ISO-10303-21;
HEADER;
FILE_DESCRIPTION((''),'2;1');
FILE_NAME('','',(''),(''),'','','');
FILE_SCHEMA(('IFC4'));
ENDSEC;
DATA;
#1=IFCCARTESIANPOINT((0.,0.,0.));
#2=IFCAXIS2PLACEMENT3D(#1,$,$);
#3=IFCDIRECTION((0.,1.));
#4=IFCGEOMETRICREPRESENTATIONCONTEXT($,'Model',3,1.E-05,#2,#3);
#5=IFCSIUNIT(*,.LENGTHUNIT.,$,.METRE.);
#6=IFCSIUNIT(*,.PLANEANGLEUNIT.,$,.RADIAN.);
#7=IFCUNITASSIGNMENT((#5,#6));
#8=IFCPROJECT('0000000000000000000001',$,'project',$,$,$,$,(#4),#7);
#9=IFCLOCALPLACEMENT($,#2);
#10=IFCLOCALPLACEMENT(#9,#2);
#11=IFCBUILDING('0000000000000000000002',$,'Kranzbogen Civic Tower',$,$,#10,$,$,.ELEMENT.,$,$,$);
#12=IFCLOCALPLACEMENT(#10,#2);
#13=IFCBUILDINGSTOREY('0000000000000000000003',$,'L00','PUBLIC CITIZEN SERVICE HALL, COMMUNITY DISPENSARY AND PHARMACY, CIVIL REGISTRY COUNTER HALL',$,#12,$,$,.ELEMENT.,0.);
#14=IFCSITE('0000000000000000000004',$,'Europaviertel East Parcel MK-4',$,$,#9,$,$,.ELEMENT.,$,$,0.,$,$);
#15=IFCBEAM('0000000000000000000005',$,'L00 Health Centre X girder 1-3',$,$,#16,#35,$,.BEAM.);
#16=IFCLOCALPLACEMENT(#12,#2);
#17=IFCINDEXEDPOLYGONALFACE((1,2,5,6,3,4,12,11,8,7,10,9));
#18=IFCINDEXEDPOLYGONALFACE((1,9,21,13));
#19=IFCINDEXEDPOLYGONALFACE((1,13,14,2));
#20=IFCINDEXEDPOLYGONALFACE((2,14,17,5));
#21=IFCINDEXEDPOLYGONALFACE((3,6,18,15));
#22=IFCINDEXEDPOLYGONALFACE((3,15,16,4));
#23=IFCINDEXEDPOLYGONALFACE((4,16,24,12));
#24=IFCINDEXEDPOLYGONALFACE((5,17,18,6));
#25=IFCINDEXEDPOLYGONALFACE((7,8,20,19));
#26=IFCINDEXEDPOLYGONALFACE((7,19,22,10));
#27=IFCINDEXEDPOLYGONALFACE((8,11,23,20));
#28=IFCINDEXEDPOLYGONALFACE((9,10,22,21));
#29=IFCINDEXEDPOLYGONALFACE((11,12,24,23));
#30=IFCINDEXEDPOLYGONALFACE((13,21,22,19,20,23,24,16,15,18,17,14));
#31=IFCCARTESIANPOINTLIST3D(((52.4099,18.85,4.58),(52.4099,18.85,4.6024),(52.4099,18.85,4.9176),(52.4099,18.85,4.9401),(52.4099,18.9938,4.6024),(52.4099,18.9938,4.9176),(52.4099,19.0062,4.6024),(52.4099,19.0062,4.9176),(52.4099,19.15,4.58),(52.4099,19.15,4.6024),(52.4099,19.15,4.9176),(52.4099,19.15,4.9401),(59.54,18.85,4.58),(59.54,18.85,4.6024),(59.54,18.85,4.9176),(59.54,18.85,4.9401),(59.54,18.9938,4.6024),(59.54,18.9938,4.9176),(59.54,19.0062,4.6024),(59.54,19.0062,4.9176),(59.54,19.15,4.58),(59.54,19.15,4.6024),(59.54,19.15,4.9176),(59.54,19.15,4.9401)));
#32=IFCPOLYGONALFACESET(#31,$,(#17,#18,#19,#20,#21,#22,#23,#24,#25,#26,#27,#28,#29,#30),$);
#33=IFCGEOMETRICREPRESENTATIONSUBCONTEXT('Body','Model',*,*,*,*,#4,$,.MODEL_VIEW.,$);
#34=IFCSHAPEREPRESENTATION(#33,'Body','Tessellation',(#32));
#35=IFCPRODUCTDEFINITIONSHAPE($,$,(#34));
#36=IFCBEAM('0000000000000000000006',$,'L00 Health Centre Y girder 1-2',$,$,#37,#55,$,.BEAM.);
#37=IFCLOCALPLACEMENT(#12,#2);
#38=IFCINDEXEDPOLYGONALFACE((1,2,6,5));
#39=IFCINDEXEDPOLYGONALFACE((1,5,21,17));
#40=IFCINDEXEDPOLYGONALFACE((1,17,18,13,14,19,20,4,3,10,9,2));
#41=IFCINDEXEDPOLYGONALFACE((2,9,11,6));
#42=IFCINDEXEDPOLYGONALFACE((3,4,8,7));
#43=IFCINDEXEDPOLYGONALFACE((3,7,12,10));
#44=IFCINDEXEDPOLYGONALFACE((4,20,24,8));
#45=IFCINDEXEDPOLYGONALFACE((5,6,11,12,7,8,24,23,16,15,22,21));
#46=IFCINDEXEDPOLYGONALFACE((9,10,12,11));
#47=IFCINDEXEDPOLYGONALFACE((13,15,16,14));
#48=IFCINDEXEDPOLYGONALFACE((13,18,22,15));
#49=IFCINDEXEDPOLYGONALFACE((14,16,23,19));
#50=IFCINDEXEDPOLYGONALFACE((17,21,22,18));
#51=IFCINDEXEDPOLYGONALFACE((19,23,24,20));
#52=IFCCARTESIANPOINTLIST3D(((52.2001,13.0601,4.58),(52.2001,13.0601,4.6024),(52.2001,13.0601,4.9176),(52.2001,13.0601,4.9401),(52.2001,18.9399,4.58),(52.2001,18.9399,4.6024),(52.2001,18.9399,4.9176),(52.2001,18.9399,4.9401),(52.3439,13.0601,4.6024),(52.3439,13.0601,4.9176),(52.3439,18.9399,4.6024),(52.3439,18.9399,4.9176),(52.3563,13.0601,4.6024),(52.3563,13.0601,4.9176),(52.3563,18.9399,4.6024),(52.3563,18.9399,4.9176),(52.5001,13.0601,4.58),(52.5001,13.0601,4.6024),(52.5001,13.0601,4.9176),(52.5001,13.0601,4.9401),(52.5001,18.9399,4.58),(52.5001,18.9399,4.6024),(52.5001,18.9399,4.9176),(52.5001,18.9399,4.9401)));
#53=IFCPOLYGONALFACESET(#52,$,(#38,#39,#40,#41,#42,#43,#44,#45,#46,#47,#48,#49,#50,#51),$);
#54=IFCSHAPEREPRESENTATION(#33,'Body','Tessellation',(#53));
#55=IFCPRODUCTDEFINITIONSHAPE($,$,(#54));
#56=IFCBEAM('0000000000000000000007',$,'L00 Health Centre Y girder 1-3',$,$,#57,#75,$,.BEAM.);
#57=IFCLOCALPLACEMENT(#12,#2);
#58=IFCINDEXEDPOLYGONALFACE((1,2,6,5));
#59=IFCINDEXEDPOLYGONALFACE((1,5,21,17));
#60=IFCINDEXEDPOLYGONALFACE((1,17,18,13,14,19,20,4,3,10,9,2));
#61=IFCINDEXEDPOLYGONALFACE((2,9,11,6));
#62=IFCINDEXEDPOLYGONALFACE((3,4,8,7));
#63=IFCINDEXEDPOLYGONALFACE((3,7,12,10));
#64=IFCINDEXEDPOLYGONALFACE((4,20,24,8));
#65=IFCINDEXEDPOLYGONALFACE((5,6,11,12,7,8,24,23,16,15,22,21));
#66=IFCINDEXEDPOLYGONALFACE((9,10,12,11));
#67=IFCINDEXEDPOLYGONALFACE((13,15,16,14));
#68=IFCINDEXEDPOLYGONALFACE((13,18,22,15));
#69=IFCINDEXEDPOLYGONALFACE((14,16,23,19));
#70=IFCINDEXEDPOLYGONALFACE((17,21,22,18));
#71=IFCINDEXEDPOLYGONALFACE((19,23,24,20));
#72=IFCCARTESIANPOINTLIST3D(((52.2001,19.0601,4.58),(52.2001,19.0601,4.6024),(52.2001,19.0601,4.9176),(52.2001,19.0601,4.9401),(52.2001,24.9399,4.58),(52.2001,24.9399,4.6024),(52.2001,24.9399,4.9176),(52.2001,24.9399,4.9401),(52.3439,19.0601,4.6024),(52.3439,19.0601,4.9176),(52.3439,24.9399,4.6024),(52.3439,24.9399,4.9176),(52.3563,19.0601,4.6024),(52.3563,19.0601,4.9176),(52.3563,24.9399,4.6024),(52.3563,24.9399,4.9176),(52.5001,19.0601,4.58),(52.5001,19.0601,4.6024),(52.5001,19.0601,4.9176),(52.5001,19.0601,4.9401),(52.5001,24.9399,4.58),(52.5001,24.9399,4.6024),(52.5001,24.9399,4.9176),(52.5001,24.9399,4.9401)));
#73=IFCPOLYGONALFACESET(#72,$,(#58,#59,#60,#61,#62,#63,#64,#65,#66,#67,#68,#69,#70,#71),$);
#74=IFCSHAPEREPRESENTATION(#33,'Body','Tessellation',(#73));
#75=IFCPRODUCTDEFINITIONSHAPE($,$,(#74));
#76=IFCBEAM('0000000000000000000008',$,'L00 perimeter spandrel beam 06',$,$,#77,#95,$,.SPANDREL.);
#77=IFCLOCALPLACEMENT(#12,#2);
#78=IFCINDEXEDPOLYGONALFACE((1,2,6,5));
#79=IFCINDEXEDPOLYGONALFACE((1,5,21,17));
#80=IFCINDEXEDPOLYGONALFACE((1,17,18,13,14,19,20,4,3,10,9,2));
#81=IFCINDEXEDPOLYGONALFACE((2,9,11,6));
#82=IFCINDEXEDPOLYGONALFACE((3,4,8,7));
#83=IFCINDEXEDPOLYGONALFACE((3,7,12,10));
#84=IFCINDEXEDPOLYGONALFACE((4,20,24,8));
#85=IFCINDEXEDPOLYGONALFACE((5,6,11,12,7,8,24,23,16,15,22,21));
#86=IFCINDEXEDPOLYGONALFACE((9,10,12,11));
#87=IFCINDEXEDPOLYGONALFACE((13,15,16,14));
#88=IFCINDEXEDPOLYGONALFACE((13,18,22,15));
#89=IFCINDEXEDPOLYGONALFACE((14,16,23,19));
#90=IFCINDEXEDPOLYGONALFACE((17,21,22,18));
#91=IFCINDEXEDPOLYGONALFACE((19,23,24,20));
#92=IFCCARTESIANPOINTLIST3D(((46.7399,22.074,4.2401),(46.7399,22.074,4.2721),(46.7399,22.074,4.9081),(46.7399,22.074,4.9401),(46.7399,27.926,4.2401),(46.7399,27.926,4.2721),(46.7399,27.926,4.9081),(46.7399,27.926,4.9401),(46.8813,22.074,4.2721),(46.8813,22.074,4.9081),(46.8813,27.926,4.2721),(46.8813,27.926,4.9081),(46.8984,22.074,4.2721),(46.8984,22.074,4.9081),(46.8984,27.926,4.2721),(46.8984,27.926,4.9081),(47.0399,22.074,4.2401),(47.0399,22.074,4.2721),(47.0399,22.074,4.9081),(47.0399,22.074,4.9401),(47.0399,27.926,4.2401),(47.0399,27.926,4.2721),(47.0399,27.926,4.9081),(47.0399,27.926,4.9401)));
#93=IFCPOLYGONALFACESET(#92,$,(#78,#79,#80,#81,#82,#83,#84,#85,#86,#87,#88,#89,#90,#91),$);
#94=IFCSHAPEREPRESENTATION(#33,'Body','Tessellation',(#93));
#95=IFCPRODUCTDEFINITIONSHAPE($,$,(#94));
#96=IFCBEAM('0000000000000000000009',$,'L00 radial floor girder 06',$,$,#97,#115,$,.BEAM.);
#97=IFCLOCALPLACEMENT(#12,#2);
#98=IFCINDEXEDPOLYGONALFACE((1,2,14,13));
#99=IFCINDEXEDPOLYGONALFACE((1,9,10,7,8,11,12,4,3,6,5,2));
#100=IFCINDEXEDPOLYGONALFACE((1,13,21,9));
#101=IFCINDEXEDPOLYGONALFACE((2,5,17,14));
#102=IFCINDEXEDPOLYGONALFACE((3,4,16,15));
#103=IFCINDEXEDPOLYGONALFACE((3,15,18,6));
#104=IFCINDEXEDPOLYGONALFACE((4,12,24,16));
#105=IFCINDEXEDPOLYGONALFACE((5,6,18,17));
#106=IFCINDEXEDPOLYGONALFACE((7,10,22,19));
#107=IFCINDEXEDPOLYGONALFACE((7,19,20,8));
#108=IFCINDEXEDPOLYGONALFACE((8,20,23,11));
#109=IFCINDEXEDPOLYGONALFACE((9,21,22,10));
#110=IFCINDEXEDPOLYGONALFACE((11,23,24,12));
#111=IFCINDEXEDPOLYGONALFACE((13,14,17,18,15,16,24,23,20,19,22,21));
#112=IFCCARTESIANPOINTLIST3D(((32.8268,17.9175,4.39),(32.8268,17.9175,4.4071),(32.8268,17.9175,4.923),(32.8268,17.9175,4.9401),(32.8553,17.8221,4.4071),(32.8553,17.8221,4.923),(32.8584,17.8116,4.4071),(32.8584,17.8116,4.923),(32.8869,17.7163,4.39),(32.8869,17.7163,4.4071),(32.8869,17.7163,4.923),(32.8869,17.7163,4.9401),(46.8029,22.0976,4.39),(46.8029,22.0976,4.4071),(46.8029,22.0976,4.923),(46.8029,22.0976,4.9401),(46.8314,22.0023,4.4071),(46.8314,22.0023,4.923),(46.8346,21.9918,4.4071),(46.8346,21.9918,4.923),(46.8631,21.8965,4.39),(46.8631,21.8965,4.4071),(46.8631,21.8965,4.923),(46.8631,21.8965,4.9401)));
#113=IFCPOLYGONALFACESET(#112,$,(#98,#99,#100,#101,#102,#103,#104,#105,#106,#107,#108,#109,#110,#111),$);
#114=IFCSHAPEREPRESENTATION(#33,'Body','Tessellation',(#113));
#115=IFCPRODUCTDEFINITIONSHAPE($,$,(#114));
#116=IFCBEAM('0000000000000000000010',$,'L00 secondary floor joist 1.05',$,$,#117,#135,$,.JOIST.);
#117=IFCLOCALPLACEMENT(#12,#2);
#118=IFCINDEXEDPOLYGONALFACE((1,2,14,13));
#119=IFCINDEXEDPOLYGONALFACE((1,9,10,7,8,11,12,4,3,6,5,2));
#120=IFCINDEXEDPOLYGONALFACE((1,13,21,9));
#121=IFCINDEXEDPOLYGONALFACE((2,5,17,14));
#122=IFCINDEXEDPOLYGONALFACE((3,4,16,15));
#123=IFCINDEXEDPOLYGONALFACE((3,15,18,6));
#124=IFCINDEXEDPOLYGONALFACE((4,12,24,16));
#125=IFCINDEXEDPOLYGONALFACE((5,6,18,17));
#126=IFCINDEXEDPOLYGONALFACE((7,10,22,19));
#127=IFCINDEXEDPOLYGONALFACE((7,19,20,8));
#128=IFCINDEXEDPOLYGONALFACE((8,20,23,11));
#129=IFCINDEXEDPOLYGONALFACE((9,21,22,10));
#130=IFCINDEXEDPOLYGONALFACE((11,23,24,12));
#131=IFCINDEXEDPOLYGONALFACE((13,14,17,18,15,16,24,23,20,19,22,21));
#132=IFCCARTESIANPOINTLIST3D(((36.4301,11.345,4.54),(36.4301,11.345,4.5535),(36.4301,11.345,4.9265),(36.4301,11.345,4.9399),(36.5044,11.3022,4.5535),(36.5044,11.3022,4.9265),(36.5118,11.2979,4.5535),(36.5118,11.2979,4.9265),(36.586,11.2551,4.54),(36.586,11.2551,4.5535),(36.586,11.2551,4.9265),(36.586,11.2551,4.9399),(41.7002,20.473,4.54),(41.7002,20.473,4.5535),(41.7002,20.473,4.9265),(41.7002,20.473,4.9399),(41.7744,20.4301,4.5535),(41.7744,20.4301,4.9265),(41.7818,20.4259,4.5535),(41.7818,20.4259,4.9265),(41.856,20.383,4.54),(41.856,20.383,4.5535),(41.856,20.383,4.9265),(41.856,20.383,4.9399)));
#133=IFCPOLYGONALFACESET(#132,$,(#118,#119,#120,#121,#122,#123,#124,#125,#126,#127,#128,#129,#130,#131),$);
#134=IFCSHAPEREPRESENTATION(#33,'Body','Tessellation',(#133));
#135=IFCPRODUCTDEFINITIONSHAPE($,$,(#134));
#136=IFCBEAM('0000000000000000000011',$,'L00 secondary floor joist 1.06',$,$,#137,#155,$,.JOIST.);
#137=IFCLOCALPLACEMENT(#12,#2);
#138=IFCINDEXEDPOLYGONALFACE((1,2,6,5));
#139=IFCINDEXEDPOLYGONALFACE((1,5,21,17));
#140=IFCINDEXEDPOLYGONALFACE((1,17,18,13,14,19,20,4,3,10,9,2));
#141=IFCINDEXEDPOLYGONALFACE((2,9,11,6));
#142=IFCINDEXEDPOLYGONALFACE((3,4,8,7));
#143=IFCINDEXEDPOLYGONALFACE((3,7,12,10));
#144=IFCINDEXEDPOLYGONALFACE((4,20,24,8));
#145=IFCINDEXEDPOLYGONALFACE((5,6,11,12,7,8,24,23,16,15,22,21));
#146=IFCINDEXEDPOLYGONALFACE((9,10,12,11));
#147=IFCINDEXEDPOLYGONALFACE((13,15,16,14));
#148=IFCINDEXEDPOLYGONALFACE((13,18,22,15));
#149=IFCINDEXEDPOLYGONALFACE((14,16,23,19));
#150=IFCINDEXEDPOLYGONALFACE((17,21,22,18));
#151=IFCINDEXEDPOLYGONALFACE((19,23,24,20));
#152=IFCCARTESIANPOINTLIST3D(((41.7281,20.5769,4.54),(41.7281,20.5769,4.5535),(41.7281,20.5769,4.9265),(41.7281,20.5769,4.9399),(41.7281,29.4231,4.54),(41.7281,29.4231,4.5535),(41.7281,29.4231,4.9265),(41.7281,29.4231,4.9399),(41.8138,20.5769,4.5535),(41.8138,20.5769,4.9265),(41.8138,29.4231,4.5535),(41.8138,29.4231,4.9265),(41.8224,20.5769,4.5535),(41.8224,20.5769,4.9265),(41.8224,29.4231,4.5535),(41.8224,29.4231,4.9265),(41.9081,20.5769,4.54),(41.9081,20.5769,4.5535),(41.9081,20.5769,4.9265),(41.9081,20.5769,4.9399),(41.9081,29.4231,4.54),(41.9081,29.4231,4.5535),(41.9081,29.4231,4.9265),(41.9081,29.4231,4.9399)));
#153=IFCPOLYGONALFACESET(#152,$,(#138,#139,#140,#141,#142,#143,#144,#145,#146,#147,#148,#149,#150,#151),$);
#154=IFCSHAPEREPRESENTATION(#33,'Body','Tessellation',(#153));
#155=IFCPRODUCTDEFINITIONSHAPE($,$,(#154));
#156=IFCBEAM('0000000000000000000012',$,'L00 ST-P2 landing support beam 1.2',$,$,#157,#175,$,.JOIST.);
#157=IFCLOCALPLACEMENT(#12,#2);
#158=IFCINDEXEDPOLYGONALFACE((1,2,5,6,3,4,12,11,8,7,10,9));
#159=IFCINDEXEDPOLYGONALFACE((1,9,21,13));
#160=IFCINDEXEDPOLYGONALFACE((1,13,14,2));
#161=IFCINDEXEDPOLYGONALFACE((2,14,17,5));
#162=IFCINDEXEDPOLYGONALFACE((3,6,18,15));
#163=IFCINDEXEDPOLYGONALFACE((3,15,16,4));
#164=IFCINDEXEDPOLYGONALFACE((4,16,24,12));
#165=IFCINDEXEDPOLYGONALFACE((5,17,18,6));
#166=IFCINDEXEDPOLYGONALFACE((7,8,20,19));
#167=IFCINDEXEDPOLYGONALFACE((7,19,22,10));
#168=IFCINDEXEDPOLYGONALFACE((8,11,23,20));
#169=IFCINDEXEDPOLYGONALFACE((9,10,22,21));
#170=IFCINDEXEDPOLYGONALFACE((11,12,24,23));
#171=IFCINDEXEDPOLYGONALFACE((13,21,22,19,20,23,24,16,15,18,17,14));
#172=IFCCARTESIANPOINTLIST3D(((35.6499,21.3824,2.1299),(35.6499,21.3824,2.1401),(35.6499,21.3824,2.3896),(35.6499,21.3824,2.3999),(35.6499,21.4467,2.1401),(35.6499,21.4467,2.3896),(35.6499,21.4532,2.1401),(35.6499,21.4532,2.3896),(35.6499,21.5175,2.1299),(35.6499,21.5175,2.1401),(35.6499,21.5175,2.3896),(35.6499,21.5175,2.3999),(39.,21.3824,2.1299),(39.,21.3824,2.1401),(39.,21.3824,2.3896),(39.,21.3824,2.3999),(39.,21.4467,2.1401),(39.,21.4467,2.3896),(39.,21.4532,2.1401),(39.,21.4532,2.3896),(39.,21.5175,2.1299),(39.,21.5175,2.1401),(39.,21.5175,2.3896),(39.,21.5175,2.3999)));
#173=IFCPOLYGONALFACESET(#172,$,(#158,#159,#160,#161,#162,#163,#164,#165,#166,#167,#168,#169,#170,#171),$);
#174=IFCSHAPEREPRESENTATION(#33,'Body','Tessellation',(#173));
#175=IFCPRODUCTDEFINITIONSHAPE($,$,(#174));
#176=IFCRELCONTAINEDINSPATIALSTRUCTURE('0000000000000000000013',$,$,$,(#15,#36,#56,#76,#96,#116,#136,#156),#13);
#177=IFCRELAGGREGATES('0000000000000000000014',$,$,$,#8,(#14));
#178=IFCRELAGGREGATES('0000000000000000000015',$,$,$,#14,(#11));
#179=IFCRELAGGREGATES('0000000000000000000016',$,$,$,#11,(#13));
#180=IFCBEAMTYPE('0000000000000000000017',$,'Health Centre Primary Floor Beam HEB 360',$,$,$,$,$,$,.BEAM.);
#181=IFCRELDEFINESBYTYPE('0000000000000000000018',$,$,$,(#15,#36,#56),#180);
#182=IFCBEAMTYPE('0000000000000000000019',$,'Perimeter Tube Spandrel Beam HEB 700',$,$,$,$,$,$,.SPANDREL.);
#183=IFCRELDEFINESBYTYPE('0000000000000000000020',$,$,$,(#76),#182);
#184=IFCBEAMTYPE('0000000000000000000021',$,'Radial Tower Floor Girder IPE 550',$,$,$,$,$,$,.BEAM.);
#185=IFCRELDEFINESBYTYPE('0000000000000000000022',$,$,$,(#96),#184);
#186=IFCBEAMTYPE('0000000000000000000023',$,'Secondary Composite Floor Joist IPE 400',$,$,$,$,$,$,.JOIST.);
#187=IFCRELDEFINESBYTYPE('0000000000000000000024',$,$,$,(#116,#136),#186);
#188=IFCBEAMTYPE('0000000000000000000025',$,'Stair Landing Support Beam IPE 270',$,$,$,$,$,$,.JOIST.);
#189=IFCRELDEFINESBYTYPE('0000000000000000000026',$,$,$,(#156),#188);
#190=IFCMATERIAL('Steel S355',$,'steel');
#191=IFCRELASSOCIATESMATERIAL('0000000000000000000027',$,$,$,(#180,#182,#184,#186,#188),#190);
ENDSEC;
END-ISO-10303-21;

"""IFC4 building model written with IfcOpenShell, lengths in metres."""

from ifc_helpers import new_model, si_unit, direction, frame, origin, origin_2d, place, context, subcontext, project, spatial, i_section, extrude, material, material_profile, profile_set, type_object, element, save


model = new_model("IFC4")

# Units and contexts
model_context = context("Model", 3, precision=1e-05, world=origin(), true_north=direction((0.0, 1.0)))
body_context = subcontext(model_context, "Body", "Model", "MODEL_VIEW")
ifc_project = project(units=[si_unit("LENGTHUNIT", "METRE"), si_unit("PLANEANGLEUNIT", "RADIAN")], contexts=[model_context])

# Site, building, storey
site_placement = place(None, origin())
site = spatial("IfcSite", under=ifc_project, at=site_placement, Name="Europaviertel East Parcel MK-4", CompositionType="ELEMENT", RefElevation=0.0)
building_placement = place(site_placement, origin())
building = spatial("IfcBuilding", under=site, at=building_placement, Name="Kranzbogen Civic Tower", CompositionType="ELEMENT")
storey_placement = place(building_placement, origin())
storey = spatial("IfcBuildingStorey", under=building, at=storey_placement, Name="L00", Description="PUBLIC CITIZEN SERVICE HALL, COMMUNITY DISPENSARY AND PHARMACY, CIVIL REGISTRY COUNTER HALL", CompositionType="ELEMENT", Elevation=0.0)

# Beams
ifc_material_1 = material(Name="Steel S355", Category="steel")
ifc_material_profile_1 = material_profile(ifc_material_1, i_section(OverallWidth=0.3, OverallDepth=0.3601, WebThickness=0.0125, FlangeThickness=0.0225, at=origin_2d()), Name="HEB 360")
ifc_profile_set_1 = profile_set([ifc_material_profile_1], Name="Steel S355")
beam_type_1 = type_object("IfcBeamType", Name="Health Centre Primary Floor Beam HEB 360", PredefinedType="BEAM", material=ifc_profile_set_1)
beam_1_placement = place(storey_placement, frame((52.4099, 19.0, 4.76), z_axis=(1.0, 0.0, 0.0), x_axis=(0.0, 1.0, 0.0)))
element("IfcBeam", 1, at=beam_1_placement, inside=storey, type_object=beam_type_1, Name="L00 Health Centre X girder 1-3", PredefinedType="BEAM", context=body_context, shape_type="SweptSolid", body=[
    extrude(i_section(OverallWidth=0.3, OverallDepth=0.3601, WebThickness=0.0125, FlangeThickness=0.0225, at=origin_2d()), origin(), (0.0, 0.0, 1.0), 7.1301),
])
for number, where, z_axis, x_axis, name in (
    (2, (52.3501, 13.0601, 4.76), (0.0, 1.0, 0.0), (-1.0, 0.0, 0.0), "L00 Health Centre Y girder 1-2"),
    (3, (52.3501, 19.0601, 4.76), (0.0, 1.0, 0.0), (-1.0, 0.0, 0.0), "L00 Health Centre Y girder 1-3"),
):
    element("IfcBeam", number, at=place(storey_placement, frame(where, z_axis=z_axis, x_axis=x_axis)), inside=storey, type_object=beam_type_1, Name=name, PredefinedType="BEAM", context=body_context, shape_type="SweptSolid", body=[
        extrude(i_section(OverallWidth=0.3, OverallDepth=0.3601, WebThickness=0.0125, FlangeThickness=0.0225, at=origin_2d()), origin(), (0.0, 0.0, 1.0), 5.8799),
    ])
ifc_material_profile_2 = material_profile(ifc_material_1, i_section(OverallWidth=0.3, OverallDepth=0.7, WebThickness=0.0171, FlangeThickness=0.032, at=origin_2d()), Name="HEB 700")
ifc_profile_set_2 = profile_set([ifc_material_profile_2], Name="Steel S355")
beam_type_2 = type_object("IfcBeamType", Name="Perimeter Tube Spandrel Beam HEB 700", PredefinedType="SPANDREL", material=ifc_profile_set_2)
beam_2_placement = place(storey_placement, frame((46.8899, 22.074, 4.5901), z_axis=(0.0, 1.0, 0.0), x_axis=(-1.0, 0.0, 0.0)))
element("IfcBeam", 4, at=beam_2_placement, inside=storey, type_object=beam_type_2, Name="L00 perimeter spandrel beam 06", PredefinedType="SPANDREL", context=body_context, shape_type="SweptSolid", body=[
    extrude(i_section(OverallWidth=0.3, OverallDepth=0.7, WebThickness=0.0171, FlangeThickness=0.032, at=origin_2d()), origin(), (0.0, 0.0, 1.0), 5.8521),
])
ifc_material_profile_3 = material_profile(ifc_material_1, i_section(OverallWidth=0.21, OverallDepth=0.55, WebThickness=0.011, FlangeThickness=0.0171, at=origin_2d()), Name="IPE 550")
ifc_profile_set_3 = profile_set([ifc_material_profile_3], Name="Steel S355")
beam_type_3 = type_object("IfcBeamType", Name="Radial Tower Floor Girder IPE 550", PredefinedType="BEAM", material=ifc_profile_set_3)
beam_3_placement = place(storey_placement, frame((46.833, 21.9971, 4.665), z_axis=(-0.958065, -0.286552, 0.0), x_axis=(0.286552, -0.958065, 0.0)))
element("IfcBeam", 5, at=beam_3_placement, inside=storey, type_object=beam_type_3, Name="L00 radial floor girder 06", PredefinedType="BEAM", context=body_context, shape_type="SweptSolid", body=[
    extrude(i_section(OverallWidth=0.21, OverallDepth=0.55, WebThickness=0.011, FlangeThickness=0.0171, at=origin_2d()), origin(), (0.0, 0.0, 1.0), 14.5879),
])
ifc_material_profile_4 = material_profile(ifc_material_1, i_section(OverallWidth=0.1799, OverallDepth=0.3999, WebThickness=0.0085, FlangeThickness=0.0134, at=origin_2d()), Name="IPE 400")
ifc_profile_set_4 = profile_set([ifc_material_profile_4], Name="Steel S355")
beam_type_4 = type_object("IfcBeamType", Name="Secondary Composite Floor Joist IPE 400", PredefinedType="JOIST", material=ifc_profile_set_4)
beam_4_placement = place(storey_placement, frame((36.5081, 11.3, 4.74), z_axis=(0.5, 0.866025, 0.0), x_axis=(-0.866025, 0.5, 0.0)))
element("IfcBeam", 6, at=beam_4_placement, inside=storey, type_object=beam_type_4, Name="L00 secondary floor joist 1.05", PredefinedType="JOIST", context=body_context, shape_type="SweptSolid", body=[
    extrude(i_section(OverallWidth=0.1799, OverallDepth=0.3999, WebThickness=0.0085, FlangeThickness=0.0134, at=origin_2d()), origin(), (0.0, 0.0, 1.0), 10.54),
])
beam_5_placement = place(storey_placement, frame((41.8181, 20.5769, 4.74), z_axis=(0.0, 1.0, 0.0), x_axis=(-1.0, 0.0, 0.0)))
element("IfcBeam", 7, at=beam_5_placement, inside=storey, type_object=beam_type_4, Name="L00 secondary floor joist 1.06", PredefinedType="JOIST", context=body_context, shape_type="SweptSolid", body=[
    extrude(i_section(OverallWidth=0.1799, OverallDepth=0.3999, WebThickness=0.0085, FlangeThickness=0.0134, at=origin_2d()), origin(), (0.0, 0.0, 1.0), 8.8462),
])
ifc_material_profile_5 = material_profile(ifc_material_1, i_section(OverallWidth=0.135, OverallDepth=0.27, WebThickness=0.0066, FlangeThickness=0.0103, at=origin_2d()), Name="IPE 270")
ifc_profile_set_5 = profile_set([ifc_material_profile_5], Name="Steel S355")
beam_type_5 = type_object("IfcBeamType", Name="Stair Landing Support Beam IPE 270", PredefinedType="JOIST", material=ifc_profile_set_5)
beam_6_placement = place(storey_placement, frame((35.6499, 21.45, 2.2649), z_axis=(1.0, 0.0, 0.0), x_axis=(0.0, 1.0, 0.0)))
element("IfcBeam", 8, at=beam_6_placement, inside=storey, type_object=beam_type_5, Name="L00 ST-P2 landing support beam 1.2", PredefinedType="JOIST", context=body_context, shape_type="SweptSolid", body=[
    extrude(i_section(OverallWidth=0.135, OverallDepth=0.27, WebThickness=0.0066, FlangeThickness=0.0103, at=origin_2d()), origin(), (0.0, 0.0, 1.0), 3.3501),
])

save(model, "model.ifc")
